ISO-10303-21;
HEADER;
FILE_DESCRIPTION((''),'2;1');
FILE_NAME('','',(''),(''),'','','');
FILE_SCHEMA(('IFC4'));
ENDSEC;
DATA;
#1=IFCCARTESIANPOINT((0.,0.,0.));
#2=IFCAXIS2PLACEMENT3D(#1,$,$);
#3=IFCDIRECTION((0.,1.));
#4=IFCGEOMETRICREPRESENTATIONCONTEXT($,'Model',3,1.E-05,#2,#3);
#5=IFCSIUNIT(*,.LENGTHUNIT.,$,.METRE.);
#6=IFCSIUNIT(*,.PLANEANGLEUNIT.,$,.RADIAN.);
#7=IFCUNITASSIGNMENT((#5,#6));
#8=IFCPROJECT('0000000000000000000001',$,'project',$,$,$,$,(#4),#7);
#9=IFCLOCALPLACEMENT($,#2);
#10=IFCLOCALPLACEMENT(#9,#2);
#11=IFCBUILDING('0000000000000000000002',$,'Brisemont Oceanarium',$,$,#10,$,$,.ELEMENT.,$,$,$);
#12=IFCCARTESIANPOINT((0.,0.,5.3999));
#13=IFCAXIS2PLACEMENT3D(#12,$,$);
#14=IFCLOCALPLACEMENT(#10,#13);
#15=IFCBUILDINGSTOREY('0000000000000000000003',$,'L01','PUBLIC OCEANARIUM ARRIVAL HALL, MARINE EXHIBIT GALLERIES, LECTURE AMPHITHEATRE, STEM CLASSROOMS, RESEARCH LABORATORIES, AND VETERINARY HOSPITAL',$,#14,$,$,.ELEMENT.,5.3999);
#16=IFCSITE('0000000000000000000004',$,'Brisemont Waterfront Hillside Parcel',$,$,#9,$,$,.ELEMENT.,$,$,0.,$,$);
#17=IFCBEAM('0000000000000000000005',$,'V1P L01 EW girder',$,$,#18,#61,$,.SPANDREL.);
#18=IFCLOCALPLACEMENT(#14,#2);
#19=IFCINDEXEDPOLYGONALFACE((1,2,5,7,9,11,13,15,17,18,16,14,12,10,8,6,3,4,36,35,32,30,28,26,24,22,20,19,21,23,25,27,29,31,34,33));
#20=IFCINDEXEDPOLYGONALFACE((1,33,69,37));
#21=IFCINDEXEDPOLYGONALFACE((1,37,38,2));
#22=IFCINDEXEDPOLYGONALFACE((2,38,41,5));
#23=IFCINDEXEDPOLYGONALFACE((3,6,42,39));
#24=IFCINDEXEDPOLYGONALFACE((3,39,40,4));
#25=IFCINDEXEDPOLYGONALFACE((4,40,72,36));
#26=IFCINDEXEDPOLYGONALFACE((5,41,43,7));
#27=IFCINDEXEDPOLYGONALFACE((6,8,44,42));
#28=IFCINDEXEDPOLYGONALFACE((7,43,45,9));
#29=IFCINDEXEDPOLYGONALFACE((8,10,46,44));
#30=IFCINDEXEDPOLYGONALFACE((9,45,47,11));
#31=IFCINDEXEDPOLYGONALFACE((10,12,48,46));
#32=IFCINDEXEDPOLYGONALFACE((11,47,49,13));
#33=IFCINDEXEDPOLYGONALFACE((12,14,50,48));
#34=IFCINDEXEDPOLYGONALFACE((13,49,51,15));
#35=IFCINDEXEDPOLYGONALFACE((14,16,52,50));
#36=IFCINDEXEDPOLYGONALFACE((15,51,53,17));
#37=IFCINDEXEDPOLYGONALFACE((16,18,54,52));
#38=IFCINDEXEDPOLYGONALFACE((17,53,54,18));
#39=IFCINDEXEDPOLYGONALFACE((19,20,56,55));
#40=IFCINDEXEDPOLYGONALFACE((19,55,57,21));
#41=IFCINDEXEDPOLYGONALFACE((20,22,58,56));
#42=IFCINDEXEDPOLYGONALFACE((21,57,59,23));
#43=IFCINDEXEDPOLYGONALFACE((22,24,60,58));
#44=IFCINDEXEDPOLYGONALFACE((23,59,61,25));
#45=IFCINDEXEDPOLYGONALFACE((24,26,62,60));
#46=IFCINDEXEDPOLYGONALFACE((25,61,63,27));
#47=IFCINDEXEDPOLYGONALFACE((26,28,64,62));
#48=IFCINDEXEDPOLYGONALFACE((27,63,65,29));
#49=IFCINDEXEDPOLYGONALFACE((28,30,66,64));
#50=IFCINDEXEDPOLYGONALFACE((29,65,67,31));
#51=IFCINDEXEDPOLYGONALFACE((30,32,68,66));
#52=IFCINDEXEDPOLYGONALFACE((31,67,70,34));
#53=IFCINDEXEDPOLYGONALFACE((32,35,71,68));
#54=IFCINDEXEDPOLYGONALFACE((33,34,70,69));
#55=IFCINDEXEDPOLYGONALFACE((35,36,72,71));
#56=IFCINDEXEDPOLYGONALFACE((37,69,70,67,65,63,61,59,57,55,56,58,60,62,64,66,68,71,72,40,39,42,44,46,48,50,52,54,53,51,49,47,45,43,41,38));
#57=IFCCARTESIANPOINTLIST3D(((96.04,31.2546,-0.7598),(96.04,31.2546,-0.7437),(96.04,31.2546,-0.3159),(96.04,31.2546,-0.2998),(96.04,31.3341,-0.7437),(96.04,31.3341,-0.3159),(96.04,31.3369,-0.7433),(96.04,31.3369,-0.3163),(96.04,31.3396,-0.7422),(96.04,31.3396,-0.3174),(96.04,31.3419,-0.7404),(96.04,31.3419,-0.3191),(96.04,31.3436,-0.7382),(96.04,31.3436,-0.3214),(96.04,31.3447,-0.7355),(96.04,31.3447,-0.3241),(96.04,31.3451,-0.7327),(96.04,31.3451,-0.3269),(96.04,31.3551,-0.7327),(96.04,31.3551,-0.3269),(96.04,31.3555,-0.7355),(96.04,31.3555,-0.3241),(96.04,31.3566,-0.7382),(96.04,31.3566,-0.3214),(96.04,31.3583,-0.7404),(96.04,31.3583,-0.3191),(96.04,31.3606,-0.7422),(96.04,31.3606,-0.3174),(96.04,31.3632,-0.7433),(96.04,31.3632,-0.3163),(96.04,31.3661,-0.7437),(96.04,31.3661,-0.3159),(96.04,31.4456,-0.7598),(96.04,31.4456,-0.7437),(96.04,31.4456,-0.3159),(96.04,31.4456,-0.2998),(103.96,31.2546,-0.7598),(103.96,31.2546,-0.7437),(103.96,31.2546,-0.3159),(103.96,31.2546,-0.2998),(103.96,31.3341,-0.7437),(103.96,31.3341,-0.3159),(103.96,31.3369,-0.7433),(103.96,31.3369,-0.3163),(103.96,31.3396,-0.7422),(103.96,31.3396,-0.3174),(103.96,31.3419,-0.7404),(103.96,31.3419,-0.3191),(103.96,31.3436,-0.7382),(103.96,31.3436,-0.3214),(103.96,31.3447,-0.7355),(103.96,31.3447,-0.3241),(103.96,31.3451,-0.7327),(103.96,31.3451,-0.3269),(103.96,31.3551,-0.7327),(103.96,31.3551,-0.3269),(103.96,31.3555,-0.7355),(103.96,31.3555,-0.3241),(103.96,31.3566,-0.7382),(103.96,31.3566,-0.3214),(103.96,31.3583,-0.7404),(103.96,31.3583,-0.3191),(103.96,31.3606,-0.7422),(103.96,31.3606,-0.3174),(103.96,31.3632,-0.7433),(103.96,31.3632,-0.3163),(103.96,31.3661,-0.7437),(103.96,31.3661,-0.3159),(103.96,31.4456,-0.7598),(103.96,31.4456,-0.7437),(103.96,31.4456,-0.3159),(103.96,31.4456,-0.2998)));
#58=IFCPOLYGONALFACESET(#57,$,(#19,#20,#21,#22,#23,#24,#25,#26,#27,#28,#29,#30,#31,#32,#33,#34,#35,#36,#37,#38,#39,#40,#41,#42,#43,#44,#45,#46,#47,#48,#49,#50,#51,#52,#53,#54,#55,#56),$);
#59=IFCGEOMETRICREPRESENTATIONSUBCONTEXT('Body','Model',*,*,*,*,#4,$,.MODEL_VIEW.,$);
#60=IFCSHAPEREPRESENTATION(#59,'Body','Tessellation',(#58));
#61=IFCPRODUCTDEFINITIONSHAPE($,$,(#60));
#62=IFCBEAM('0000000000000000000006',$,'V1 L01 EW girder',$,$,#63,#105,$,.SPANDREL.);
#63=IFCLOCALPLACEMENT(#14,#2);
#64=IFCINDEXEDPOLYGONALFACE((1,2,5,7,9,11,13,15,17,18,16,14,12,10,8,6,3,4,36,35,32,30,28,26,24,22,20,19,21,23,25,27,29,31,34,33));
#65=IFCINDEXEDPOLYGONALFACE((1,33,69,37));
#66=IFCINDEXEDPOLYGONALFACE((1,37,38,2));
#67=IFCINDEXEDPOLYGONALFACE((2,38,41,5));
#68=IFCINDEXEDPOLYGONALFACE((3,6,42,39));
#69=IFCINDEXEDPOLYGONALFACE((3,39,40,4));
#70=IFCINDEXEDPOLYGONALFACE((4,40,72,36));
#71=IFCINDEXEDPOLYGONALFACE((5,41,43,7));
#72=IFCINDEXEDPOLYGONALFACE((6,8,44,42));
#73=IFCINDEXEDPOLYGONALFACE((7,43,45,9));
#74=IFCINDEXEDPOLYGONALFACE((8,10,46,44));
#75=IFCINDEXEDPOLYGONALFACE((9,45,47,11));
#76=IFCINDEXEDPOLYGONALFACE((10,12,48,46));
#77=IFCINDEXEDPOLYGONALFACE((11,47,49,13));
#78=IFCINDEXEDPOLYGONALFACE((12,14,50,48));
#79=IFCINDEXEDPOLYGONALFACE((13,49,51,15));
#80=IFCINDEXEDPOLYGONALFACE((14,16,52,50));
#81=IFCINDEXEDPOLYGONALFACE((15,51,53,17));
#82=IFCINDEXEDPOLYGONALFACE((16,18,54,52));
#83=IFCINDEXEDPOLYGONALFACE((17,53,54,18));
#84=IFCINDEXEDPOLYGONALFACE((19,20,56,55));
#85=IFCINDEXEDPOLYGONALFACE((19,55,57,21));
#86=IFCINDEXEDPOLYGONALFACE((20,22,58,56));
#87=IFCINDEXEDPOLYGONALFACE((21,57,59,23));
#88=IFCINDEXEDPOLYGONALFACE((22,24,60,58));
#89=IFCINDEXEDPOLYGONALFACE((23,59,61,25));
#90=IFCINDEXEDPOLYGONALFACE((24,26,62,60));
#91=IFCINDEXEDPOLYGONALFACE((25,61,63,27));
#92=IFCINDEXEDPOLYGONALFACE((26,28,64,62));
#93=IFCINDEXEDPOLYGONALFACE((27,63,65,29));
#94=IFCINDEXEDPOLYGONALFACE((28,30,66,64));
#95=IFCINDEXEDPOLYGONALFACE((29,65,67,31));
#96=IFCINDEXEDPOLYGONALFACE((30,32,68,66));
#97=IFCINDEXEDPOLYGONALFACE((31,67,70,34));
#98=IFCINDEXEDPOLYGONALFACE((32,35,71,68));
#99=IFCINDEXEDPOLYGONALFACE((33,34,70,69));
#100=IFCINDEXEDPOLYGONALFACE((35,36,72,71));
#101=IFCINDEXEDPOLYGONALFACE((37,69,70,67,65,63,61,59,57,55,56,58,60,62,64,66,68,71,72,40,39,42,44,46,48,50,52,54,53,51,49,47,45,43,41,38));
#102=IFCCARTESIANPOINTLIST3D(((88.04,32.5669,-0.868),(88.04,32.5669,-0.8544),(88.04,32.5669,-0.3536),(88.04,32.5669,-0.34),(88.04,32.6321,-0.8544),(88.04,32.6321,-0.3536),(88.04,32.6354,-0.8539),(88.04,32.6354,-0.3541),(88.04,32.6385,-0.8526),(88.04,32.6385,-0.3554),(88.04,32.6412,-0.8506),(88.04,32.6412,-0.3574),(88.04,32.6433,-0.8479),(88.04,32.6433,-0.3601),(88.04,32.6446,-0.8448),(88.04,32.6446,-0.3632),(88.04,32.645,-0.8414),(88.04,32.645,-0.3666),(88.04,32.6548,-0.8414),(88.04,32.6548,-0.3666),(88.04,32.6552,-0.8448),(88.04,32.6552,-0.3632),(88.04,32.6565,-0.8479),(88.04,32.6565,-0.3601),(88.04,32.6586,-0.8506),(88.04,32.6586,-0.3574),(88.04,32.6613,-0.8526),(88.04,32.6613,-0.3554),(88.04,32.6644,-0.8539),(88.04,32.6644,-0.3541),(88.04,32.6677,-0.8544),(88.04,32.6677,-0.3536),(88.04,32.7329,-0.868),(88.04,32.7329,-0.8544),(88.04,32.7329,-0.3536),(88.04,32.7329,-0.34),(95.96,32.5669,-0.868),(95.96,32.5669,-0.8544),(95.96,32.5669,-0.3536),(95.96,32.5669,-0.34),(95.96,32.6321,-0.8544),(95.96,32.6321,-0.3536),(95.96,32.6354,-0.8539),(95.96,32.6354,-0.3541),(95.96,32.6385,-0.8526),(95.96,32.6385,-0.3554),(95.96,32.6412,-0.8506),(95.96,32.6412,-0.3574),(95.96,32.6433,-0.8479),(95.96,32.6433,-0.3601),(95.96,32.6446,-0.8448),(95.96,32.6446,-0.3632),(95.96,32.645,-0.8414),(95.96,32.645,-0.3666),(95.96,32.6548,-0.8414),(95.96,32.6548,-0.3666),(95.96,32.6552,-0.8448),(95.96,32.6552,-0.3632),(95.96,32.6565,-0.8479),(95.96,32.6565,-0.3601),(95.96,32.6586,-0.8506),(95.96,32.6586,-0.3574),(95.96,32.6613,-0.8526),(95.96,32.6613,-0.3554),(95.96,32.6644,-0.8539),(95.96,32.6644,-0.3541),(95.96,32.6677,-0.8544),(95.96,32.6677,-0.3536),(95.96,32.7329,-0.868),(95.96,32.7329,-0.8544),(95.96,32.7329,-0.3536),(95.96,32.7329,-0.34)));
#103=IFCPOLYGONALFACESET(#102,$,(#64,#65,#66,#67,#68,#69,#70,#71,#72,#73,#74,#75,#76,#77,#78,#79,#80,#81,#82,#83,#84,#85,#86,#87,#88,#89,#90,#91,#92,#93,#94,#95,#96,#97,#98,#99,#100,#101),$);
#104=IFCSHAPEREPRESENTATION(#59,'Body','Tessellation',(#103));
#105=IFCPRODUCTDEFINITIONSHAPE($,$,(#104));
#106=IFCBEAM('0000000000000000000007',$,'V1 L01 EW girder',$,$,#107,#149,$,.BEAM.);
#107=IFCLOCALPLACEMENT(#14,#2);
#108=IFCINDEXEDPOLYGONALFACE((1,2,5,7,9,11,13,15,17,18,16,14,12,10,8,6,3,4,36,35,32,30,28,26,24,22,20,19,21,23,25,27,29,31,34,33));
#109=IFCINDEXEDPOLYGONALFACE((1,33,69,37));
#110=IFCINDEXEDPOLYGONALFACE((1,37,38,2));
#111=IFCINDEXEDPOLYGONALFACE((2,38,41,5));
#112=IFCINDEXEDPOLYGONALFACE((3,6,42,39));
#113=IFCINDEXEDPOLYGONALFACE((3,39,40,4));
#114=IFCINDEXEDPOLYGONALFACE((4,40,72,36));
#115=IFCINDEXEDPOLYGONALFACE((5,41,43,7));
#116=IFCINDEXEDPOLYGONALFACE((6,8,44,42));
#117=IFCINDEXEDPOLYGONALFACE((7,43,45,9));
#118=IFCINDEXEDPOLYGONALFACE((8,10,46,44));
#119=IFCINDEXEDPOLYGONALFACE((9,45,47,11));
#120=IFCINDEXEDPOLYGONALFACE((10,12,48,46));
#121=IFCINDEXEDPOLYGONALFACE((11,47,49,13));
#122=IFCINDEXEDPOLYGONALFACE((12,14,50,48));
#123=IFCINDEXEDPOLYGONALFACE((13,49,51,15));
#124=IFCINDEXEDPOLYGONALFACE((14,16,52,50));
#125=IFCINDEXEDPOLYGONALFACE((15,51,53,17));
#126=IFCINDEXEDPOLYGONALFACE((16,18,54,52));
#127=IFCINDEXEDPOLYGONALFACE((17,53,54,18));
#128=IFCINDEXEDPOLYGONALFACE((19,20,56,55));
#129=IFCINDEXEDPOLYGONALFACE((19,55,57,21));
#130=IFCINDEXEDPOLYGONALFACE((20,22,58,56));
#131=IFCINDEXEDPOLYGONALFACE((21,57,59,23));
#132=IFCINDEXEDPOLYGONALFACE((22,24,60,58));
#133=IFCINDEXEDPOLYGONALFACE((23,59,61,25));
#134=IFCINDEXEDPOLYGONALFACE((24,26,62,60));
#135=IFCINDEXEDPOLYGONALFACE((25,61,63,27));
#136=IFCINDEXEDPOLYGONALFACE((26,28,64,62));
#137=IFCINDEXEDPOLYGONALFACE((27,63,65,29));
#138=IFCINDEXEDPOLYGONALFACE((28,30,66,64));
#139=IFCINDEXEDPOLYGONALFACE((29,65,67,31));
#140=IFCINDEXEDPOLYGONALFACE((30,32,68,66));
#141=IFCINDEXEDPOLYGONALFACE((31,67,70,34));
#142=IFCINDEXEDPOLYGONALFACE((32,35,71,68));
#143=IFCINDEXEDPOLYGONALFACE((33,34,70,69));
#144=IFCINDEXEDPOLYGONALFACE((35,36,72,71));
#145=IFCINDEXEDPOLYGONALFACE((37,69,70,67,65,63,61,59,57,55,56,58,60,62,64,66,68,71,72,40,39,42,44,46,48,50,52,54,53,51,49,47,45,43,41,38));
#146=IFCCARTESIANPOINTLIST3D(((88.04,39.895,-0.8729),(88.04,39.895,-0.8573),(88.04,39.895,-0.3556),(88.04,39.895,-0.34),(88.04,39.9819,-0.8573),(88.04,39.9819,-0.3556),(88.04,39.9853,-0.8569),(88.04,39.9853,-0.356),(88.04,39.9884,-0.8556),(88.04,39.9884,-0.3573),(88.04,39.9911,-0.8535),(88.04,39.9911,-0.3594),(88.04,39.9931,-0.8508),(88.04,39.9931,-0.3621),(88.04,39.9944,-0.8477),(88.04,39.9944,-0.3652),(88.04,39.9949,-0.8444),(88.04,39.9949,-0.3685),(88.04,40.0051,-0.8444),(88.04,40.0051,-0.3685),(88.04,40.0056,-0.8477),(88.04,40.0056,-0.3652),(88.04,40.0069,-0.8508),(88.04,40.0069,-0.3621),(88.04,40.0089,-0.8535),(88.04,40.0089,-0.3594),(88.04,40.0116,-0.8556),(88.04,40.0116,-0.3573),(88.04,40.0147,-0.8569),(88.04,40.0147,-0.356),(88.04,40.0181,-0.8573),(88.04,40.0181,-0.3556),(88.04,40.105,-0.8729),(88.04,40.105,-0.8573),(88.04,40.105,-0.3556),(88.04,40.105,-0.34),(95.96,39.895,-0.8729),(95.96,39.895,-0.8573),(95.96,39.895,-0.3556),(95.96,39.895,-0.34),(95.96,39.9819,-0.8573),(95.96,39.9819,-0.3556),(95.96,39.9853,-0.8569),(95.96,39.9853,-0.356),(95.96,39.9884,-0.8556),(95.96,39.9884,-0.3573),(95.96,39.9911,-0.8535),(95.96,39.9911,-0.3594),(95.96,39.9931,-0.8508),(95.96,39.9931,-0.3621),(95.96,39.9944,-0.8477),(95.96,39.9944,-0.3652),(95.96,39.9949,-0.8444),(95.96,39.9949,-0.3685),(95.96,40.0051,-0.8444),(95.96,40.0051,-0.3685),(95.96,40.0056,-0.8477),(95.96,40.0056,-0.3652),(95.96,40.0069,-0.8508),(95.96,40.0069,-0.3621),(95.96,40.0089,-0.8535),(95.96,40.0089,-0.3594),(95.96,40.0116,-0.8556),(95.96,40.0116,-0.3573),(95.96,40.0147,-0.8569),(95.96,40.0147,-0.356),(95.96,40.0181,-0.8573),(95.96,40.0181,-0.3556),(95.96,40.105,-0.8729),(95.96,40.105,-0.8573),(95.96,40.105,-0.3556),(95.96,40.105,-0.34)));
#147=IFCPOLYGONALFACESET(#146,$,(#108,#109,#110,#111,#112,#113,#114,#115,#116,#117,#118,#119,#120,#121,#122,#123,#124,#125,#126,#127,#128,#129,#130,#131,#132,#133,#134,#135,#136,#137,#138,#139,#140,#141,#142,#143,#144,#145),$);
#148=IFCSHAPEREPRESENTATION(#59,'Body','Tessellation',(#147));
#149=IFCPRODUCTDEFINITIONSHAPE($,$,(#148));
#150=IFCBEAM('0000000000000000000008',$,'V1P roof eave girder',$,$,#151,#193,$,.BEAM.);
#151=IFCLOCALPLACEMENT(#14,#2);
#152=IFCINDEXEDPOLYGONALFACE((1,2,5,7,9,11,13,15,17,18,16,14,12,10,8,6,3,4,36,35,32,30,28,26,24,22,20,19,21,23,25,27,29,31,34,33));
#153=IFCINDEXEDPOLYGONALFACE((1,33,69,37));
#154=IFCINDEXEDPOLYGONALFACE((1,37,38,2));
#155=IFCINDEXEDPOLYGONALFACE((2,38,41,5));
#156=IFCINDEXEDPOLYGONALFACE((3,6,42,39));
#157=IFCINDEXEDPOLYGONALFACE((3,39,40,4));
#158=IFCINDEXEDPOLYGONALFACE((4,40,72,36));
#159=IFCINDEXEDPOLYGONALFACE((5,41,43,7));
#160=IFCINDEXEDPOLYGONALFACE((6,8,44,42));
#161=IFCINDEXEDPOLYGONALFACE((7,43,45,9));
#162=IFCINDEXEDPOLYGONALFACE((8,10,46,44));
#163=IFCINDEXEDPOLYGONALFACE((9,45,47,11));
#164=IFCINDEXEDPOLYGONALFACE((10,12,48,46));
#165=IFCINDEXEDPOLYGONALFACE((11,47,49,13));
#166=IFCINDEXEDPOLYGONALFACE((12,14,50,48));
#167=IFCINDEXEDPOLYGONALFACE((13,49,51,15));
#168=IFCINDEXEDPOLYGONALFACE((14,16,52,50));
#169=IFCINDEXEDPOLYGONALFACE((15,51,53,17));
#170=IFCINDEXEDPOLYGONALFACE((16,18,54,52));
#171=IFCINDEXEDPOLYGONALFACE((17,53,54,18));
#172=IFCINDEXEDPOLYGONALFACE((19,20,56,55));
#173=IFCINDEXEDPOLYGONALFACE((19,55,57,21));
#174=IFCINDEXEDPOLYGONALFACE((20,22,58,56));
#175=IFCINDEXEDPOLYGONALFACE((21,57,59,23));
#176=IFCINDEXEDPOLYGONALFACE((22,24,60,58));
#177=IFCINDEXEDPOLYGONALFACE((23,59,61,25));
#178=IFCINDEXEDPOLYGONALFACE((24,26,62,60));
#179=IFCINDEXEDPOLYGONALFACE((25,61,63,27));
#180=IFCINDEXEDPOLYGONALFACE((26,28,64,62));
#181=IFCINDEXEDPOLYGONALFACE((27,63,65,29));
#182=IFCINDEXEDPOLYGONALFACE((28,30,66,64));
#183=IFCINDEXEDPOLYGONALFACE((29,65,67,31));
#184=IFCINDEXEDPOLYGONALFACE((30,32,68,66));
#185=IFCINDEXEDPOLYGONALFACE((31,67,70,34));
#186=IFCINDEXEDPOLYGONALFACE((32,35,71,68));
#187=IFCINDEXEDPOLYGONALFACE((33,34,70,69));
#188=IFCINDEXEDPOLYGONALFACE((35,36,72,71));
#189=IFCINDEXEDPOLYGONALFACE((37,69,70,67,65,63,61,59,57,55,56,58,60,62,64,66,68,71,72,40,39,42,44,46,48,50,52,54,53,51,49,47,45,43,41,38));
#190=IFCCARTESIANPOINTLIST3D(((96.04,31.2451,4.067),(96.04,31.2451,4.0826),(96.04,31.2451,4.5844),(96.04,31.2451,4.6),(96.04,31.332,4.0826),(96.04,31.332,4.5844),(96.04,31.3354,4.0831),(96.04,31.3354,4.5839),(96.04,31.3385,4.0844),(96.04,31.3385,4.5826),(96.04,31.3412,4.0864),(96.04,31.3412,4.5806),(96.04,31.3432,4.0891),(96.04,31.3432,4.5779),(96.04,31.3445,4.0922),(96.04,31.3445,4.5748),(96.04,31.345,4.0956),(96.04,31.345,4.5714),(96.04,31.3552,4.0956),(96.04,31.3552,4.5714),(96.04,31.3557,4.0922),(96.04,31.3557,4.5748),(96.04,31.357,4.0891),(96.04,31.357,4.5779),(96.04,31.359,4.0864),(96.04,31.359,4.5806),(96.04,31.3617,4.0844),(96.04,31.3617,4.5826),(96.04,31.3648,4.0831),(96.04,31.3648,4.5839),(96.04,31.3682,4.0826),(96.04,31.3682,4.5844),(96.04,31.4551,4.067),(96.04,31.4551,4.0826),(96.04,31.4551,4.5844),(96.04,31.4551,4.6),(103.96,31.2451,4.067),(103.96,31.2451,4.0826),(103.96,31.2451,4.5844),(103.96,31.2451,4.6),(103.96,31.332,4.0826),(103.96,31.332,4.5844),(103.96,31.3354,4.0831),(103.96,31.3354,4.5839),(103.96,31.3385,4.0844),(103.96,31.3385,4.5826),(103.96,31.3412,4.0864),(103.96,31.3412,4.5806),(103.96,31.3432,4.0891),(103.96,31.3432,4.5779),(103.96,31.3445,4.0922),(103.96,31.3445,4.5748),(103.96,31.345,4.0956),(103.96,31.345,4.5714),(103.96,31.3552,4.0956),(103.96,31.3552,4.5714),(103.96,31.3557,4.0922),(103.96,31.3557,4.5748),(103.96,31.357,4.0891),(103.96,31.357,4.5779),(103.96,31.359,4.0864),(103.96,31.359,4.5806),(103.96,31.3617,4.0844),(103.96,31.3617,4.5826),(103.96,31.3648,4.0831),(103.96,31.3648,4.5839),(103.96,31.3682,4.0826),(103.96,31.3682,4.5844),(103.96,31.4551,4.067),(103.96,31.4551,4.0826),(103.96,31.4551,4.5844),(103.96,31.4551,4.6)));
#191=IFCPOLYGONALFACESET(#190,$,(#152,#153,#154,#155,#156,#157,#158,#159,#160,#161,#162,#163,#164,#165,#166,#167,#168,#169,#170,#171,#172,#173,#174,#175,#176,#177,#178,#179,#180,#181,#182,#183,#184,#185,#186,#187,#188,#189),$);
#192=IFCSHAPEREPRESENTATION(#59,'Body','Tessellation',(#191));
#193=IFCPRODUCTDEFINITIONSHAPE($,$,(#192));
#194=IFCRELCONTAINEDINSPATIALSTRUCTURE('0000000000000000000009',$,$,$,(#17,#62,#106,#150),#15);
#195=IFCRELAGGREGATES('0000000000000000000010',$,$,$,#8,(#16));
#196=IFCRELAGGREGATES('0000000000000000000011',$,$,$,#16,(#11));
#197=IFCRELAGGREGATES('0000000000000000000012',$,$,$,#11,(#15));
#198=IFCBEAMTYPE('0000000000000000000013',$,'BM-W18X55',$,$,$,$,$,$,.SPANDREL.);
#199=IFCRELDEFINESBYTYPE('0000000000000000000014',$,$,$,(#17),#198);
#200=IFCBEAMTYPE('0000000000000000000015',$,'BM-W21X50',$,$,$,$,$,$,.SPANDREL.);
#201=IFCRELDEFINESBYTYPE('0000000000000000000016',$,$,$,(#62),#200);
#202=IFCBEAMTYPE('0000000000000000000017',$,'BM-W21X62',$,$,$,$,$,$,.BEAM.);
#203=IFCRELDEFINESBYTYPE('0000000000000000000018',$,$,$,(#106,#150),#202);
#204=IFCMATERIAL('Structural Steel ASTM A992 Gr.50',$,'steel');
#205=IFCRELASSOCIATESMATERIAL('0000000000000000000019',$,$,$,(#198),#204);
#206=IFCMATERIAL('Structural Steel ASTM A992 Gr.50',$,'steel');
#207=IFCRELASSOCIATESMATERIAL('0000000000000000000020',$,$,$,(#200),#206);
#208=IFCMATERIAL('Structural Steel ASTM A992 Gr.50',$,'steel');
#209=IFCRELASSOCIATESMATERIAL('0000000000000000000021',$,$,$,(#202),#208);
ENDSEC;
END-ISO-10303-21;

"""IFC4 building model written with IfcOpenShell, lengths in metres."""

from ifc_helpers import new_model, si_unit, direction, frame, origin, origin_2d, place, context, subcontext, project, spatial, i_section, extrude, material, material_profile, profile_set, type_object, element, save


model = new_model("IFC4")

# Units and contexts
model_context = context("Model", 3, precision=1e-05, world=origin(), true_north=direction((0.0, 1.0)))
body_context = subcontext(model_context, "Body", "Model", "MODEL_VIEW")
ifc_project = project(units=[si_unit("LENGTHUNIT", "METRE"), si_unit("PLANEANGLEUNIT", "RADIAN")], contexts=[model_context])

# Site, building, storey
site_placement = place(None, origin())
site = spatial("IfcSite", under=ifc_project, at=site_placement, Name="Brisemont Waterfront Hillside Parcel", CompositionType="ELEMENT", RefElevation=0.0)
building_placement = place(site_placement, origin())
building = spatial("IfcBuilding", under=site, at=building_placement, Name="Brisemont Oceanarium", CompositionType="ELEMENT")
storey_placement = place(building_placement, frame((0.0, 0.0, 5.3999)))
storey = spatial("IfcBuildingStorey", under=building, at=storey_placement, Name="L01", Description="PUBLIC OCEANARIUM ARRIVAL HALL, MARINE EXHIBIT GALLERIES, LECTURE AMPHITHEATRE, STEM CLASSROOMS, RESEARCH LABORATORIES, AND VETERINARY HOSPITAL", CompositionType="ELEMENT", Elevation=5.3999)

# Beams
ifc_material_1 = material(Name="Structural Steel ASTM A992 Gr.50", Category="steel")
ifc_material_profile_1 = material_profile(ifc_material_1, i_section(OverallWidth=0.1909, OverallDepth=0.46, WebThickness=0.01, FlangeThickness=0.0161, FilletRadius=0.011, at=origin_2d()), Name="W18X55")
ifc_profile_set_1 = profile_set([ifc_material_profile_1], Name="Structural Steel ASTM A992 Gr.50")
beam_type_1 = type_object("IfcBeamType", Name="BM-W18X55", PredefinedType="SPANDREL", material=ifc_profile_set_1)
for number, where, z_axis, x_axis, name in (
    (1, (96.04, 31.3501, -0.5298), (1.0, 0.0, 0.0), (0.0, 1.0, 0.0), "V1P L01 EW girder"),
):
    element("IfcBeam", number, at=place(storey_placement, frame(where, z_axis=z_axis, x_axis=x_axis)), inside=storey, type_object=beam_type_1, Name=name, PredefinedType="SPANDREL", context=body_context, shape_type="SweptSolid", body=[
        extrude(i_section(OverallWidth=0.1909, OverallDepth=0.46, WebThickness=0.01, FlangeThickness=0.0161, FilletRadius=0.011, at=origin_2d()), origin(), (0.0, 0.0, 1.0), 7.9199),
    ])
ifc_material_2 = material(Name="Structural Steel ASTM A992 Gr.50", Category="steel")
ifc_material_profile_2 = material_profile(ifc_material_2, i_section(OverallWidth=0.166, OverallDepth=0.5281, WebThickness=0.0098, FlangeThickness=0.0137, FilletRadius=0.0129, at=origin_2d()), Name="W21X50")
ifc_profile_set_2 = profile_set([ifc_material_profile_2], Name="Structural Steel ASTM A992 Gr.50")
beam_type_2 = type_object("IfcBeamType", Name="BM-W21X50", PredefinedType="SPANDREL", material=ifc_profile_set_2)
beam_1_placement = place(storey_placement, frame((88.04, 32.6499, -0.604), z_axis=(1.0, 0.0, 0.0), x_axis=(0.0, 1.0, 0.0)))
element("IfcBeam", 2, at=beam_1_placement, inside=storey, type_object=beam_type_2, Name="V1 L01 EW girder", PredefinedType="SPANDREL", context=body_context, shape_type="SweptSolid", body=[
    extrude(i_section(OverallWidth=0.166, OverallDepth=0.5281, WebThickness=0.0098, FlangeThickness=0.0137, FilletRadius=0.0129, at=origin_2d()), origin(), (0.0, 0.0, 1.0), 7.9199),
])
ifc_material_3 = material(Name="Structural Steel ASTM A992 Gr.50", Category="steel")
ifc_material_profile_3 = material_profile(ifc_material_3, i_section(OverallWidth=0.21, OverallDepth=0.533, WebThickness=0.0103, FlangeThickness=0.0156, FilletRadius=0.0129, at=origin_2d()), Name="W21X62")
ifc_profile_set_3 = profile_set([ifc_material_profile_3], Name="Structural Steel ASTM A992 Gr.50")
beam_type_3 = type_object("IfcBeamType", Name="BM-W21X62", PredefinedType="BEAM", material=ifc_profile_set_3)
for number, where, z_axis, x_axis, name in (
    (3, (88.04, 40.0, -0.6064), (1.0, 0.0, 0.0), (0.0, 1.0, 0.0), "V1 L01 EW girder"),
    (4, (96.04, 31.3501, 4.3335), (1.0, 0.0, 0.0), (0.0, 1.0, 0.0), "V1P roof eave girder"),
):
    element("IfcBeam", number, at=place(storey_placement, frame(where, z_axis=z_axis, x_axis=x_axis)), inside=storey, type_object=beam_type_3, Name=name, PredefinedType="BEAM", context=body_context, shape_type="SweptSolid", body=[
        extrude(i_section(OverallWidth=0.21, OverallDepth=0.533, WebThickness=0.0103, FlangeThickness=0.0156, FilletRadius=0.0129, at=origin_2d()), origin(), (0.0, 0.0, 1.0), 7.9199),
    ])

save(model, "model.ifc")
